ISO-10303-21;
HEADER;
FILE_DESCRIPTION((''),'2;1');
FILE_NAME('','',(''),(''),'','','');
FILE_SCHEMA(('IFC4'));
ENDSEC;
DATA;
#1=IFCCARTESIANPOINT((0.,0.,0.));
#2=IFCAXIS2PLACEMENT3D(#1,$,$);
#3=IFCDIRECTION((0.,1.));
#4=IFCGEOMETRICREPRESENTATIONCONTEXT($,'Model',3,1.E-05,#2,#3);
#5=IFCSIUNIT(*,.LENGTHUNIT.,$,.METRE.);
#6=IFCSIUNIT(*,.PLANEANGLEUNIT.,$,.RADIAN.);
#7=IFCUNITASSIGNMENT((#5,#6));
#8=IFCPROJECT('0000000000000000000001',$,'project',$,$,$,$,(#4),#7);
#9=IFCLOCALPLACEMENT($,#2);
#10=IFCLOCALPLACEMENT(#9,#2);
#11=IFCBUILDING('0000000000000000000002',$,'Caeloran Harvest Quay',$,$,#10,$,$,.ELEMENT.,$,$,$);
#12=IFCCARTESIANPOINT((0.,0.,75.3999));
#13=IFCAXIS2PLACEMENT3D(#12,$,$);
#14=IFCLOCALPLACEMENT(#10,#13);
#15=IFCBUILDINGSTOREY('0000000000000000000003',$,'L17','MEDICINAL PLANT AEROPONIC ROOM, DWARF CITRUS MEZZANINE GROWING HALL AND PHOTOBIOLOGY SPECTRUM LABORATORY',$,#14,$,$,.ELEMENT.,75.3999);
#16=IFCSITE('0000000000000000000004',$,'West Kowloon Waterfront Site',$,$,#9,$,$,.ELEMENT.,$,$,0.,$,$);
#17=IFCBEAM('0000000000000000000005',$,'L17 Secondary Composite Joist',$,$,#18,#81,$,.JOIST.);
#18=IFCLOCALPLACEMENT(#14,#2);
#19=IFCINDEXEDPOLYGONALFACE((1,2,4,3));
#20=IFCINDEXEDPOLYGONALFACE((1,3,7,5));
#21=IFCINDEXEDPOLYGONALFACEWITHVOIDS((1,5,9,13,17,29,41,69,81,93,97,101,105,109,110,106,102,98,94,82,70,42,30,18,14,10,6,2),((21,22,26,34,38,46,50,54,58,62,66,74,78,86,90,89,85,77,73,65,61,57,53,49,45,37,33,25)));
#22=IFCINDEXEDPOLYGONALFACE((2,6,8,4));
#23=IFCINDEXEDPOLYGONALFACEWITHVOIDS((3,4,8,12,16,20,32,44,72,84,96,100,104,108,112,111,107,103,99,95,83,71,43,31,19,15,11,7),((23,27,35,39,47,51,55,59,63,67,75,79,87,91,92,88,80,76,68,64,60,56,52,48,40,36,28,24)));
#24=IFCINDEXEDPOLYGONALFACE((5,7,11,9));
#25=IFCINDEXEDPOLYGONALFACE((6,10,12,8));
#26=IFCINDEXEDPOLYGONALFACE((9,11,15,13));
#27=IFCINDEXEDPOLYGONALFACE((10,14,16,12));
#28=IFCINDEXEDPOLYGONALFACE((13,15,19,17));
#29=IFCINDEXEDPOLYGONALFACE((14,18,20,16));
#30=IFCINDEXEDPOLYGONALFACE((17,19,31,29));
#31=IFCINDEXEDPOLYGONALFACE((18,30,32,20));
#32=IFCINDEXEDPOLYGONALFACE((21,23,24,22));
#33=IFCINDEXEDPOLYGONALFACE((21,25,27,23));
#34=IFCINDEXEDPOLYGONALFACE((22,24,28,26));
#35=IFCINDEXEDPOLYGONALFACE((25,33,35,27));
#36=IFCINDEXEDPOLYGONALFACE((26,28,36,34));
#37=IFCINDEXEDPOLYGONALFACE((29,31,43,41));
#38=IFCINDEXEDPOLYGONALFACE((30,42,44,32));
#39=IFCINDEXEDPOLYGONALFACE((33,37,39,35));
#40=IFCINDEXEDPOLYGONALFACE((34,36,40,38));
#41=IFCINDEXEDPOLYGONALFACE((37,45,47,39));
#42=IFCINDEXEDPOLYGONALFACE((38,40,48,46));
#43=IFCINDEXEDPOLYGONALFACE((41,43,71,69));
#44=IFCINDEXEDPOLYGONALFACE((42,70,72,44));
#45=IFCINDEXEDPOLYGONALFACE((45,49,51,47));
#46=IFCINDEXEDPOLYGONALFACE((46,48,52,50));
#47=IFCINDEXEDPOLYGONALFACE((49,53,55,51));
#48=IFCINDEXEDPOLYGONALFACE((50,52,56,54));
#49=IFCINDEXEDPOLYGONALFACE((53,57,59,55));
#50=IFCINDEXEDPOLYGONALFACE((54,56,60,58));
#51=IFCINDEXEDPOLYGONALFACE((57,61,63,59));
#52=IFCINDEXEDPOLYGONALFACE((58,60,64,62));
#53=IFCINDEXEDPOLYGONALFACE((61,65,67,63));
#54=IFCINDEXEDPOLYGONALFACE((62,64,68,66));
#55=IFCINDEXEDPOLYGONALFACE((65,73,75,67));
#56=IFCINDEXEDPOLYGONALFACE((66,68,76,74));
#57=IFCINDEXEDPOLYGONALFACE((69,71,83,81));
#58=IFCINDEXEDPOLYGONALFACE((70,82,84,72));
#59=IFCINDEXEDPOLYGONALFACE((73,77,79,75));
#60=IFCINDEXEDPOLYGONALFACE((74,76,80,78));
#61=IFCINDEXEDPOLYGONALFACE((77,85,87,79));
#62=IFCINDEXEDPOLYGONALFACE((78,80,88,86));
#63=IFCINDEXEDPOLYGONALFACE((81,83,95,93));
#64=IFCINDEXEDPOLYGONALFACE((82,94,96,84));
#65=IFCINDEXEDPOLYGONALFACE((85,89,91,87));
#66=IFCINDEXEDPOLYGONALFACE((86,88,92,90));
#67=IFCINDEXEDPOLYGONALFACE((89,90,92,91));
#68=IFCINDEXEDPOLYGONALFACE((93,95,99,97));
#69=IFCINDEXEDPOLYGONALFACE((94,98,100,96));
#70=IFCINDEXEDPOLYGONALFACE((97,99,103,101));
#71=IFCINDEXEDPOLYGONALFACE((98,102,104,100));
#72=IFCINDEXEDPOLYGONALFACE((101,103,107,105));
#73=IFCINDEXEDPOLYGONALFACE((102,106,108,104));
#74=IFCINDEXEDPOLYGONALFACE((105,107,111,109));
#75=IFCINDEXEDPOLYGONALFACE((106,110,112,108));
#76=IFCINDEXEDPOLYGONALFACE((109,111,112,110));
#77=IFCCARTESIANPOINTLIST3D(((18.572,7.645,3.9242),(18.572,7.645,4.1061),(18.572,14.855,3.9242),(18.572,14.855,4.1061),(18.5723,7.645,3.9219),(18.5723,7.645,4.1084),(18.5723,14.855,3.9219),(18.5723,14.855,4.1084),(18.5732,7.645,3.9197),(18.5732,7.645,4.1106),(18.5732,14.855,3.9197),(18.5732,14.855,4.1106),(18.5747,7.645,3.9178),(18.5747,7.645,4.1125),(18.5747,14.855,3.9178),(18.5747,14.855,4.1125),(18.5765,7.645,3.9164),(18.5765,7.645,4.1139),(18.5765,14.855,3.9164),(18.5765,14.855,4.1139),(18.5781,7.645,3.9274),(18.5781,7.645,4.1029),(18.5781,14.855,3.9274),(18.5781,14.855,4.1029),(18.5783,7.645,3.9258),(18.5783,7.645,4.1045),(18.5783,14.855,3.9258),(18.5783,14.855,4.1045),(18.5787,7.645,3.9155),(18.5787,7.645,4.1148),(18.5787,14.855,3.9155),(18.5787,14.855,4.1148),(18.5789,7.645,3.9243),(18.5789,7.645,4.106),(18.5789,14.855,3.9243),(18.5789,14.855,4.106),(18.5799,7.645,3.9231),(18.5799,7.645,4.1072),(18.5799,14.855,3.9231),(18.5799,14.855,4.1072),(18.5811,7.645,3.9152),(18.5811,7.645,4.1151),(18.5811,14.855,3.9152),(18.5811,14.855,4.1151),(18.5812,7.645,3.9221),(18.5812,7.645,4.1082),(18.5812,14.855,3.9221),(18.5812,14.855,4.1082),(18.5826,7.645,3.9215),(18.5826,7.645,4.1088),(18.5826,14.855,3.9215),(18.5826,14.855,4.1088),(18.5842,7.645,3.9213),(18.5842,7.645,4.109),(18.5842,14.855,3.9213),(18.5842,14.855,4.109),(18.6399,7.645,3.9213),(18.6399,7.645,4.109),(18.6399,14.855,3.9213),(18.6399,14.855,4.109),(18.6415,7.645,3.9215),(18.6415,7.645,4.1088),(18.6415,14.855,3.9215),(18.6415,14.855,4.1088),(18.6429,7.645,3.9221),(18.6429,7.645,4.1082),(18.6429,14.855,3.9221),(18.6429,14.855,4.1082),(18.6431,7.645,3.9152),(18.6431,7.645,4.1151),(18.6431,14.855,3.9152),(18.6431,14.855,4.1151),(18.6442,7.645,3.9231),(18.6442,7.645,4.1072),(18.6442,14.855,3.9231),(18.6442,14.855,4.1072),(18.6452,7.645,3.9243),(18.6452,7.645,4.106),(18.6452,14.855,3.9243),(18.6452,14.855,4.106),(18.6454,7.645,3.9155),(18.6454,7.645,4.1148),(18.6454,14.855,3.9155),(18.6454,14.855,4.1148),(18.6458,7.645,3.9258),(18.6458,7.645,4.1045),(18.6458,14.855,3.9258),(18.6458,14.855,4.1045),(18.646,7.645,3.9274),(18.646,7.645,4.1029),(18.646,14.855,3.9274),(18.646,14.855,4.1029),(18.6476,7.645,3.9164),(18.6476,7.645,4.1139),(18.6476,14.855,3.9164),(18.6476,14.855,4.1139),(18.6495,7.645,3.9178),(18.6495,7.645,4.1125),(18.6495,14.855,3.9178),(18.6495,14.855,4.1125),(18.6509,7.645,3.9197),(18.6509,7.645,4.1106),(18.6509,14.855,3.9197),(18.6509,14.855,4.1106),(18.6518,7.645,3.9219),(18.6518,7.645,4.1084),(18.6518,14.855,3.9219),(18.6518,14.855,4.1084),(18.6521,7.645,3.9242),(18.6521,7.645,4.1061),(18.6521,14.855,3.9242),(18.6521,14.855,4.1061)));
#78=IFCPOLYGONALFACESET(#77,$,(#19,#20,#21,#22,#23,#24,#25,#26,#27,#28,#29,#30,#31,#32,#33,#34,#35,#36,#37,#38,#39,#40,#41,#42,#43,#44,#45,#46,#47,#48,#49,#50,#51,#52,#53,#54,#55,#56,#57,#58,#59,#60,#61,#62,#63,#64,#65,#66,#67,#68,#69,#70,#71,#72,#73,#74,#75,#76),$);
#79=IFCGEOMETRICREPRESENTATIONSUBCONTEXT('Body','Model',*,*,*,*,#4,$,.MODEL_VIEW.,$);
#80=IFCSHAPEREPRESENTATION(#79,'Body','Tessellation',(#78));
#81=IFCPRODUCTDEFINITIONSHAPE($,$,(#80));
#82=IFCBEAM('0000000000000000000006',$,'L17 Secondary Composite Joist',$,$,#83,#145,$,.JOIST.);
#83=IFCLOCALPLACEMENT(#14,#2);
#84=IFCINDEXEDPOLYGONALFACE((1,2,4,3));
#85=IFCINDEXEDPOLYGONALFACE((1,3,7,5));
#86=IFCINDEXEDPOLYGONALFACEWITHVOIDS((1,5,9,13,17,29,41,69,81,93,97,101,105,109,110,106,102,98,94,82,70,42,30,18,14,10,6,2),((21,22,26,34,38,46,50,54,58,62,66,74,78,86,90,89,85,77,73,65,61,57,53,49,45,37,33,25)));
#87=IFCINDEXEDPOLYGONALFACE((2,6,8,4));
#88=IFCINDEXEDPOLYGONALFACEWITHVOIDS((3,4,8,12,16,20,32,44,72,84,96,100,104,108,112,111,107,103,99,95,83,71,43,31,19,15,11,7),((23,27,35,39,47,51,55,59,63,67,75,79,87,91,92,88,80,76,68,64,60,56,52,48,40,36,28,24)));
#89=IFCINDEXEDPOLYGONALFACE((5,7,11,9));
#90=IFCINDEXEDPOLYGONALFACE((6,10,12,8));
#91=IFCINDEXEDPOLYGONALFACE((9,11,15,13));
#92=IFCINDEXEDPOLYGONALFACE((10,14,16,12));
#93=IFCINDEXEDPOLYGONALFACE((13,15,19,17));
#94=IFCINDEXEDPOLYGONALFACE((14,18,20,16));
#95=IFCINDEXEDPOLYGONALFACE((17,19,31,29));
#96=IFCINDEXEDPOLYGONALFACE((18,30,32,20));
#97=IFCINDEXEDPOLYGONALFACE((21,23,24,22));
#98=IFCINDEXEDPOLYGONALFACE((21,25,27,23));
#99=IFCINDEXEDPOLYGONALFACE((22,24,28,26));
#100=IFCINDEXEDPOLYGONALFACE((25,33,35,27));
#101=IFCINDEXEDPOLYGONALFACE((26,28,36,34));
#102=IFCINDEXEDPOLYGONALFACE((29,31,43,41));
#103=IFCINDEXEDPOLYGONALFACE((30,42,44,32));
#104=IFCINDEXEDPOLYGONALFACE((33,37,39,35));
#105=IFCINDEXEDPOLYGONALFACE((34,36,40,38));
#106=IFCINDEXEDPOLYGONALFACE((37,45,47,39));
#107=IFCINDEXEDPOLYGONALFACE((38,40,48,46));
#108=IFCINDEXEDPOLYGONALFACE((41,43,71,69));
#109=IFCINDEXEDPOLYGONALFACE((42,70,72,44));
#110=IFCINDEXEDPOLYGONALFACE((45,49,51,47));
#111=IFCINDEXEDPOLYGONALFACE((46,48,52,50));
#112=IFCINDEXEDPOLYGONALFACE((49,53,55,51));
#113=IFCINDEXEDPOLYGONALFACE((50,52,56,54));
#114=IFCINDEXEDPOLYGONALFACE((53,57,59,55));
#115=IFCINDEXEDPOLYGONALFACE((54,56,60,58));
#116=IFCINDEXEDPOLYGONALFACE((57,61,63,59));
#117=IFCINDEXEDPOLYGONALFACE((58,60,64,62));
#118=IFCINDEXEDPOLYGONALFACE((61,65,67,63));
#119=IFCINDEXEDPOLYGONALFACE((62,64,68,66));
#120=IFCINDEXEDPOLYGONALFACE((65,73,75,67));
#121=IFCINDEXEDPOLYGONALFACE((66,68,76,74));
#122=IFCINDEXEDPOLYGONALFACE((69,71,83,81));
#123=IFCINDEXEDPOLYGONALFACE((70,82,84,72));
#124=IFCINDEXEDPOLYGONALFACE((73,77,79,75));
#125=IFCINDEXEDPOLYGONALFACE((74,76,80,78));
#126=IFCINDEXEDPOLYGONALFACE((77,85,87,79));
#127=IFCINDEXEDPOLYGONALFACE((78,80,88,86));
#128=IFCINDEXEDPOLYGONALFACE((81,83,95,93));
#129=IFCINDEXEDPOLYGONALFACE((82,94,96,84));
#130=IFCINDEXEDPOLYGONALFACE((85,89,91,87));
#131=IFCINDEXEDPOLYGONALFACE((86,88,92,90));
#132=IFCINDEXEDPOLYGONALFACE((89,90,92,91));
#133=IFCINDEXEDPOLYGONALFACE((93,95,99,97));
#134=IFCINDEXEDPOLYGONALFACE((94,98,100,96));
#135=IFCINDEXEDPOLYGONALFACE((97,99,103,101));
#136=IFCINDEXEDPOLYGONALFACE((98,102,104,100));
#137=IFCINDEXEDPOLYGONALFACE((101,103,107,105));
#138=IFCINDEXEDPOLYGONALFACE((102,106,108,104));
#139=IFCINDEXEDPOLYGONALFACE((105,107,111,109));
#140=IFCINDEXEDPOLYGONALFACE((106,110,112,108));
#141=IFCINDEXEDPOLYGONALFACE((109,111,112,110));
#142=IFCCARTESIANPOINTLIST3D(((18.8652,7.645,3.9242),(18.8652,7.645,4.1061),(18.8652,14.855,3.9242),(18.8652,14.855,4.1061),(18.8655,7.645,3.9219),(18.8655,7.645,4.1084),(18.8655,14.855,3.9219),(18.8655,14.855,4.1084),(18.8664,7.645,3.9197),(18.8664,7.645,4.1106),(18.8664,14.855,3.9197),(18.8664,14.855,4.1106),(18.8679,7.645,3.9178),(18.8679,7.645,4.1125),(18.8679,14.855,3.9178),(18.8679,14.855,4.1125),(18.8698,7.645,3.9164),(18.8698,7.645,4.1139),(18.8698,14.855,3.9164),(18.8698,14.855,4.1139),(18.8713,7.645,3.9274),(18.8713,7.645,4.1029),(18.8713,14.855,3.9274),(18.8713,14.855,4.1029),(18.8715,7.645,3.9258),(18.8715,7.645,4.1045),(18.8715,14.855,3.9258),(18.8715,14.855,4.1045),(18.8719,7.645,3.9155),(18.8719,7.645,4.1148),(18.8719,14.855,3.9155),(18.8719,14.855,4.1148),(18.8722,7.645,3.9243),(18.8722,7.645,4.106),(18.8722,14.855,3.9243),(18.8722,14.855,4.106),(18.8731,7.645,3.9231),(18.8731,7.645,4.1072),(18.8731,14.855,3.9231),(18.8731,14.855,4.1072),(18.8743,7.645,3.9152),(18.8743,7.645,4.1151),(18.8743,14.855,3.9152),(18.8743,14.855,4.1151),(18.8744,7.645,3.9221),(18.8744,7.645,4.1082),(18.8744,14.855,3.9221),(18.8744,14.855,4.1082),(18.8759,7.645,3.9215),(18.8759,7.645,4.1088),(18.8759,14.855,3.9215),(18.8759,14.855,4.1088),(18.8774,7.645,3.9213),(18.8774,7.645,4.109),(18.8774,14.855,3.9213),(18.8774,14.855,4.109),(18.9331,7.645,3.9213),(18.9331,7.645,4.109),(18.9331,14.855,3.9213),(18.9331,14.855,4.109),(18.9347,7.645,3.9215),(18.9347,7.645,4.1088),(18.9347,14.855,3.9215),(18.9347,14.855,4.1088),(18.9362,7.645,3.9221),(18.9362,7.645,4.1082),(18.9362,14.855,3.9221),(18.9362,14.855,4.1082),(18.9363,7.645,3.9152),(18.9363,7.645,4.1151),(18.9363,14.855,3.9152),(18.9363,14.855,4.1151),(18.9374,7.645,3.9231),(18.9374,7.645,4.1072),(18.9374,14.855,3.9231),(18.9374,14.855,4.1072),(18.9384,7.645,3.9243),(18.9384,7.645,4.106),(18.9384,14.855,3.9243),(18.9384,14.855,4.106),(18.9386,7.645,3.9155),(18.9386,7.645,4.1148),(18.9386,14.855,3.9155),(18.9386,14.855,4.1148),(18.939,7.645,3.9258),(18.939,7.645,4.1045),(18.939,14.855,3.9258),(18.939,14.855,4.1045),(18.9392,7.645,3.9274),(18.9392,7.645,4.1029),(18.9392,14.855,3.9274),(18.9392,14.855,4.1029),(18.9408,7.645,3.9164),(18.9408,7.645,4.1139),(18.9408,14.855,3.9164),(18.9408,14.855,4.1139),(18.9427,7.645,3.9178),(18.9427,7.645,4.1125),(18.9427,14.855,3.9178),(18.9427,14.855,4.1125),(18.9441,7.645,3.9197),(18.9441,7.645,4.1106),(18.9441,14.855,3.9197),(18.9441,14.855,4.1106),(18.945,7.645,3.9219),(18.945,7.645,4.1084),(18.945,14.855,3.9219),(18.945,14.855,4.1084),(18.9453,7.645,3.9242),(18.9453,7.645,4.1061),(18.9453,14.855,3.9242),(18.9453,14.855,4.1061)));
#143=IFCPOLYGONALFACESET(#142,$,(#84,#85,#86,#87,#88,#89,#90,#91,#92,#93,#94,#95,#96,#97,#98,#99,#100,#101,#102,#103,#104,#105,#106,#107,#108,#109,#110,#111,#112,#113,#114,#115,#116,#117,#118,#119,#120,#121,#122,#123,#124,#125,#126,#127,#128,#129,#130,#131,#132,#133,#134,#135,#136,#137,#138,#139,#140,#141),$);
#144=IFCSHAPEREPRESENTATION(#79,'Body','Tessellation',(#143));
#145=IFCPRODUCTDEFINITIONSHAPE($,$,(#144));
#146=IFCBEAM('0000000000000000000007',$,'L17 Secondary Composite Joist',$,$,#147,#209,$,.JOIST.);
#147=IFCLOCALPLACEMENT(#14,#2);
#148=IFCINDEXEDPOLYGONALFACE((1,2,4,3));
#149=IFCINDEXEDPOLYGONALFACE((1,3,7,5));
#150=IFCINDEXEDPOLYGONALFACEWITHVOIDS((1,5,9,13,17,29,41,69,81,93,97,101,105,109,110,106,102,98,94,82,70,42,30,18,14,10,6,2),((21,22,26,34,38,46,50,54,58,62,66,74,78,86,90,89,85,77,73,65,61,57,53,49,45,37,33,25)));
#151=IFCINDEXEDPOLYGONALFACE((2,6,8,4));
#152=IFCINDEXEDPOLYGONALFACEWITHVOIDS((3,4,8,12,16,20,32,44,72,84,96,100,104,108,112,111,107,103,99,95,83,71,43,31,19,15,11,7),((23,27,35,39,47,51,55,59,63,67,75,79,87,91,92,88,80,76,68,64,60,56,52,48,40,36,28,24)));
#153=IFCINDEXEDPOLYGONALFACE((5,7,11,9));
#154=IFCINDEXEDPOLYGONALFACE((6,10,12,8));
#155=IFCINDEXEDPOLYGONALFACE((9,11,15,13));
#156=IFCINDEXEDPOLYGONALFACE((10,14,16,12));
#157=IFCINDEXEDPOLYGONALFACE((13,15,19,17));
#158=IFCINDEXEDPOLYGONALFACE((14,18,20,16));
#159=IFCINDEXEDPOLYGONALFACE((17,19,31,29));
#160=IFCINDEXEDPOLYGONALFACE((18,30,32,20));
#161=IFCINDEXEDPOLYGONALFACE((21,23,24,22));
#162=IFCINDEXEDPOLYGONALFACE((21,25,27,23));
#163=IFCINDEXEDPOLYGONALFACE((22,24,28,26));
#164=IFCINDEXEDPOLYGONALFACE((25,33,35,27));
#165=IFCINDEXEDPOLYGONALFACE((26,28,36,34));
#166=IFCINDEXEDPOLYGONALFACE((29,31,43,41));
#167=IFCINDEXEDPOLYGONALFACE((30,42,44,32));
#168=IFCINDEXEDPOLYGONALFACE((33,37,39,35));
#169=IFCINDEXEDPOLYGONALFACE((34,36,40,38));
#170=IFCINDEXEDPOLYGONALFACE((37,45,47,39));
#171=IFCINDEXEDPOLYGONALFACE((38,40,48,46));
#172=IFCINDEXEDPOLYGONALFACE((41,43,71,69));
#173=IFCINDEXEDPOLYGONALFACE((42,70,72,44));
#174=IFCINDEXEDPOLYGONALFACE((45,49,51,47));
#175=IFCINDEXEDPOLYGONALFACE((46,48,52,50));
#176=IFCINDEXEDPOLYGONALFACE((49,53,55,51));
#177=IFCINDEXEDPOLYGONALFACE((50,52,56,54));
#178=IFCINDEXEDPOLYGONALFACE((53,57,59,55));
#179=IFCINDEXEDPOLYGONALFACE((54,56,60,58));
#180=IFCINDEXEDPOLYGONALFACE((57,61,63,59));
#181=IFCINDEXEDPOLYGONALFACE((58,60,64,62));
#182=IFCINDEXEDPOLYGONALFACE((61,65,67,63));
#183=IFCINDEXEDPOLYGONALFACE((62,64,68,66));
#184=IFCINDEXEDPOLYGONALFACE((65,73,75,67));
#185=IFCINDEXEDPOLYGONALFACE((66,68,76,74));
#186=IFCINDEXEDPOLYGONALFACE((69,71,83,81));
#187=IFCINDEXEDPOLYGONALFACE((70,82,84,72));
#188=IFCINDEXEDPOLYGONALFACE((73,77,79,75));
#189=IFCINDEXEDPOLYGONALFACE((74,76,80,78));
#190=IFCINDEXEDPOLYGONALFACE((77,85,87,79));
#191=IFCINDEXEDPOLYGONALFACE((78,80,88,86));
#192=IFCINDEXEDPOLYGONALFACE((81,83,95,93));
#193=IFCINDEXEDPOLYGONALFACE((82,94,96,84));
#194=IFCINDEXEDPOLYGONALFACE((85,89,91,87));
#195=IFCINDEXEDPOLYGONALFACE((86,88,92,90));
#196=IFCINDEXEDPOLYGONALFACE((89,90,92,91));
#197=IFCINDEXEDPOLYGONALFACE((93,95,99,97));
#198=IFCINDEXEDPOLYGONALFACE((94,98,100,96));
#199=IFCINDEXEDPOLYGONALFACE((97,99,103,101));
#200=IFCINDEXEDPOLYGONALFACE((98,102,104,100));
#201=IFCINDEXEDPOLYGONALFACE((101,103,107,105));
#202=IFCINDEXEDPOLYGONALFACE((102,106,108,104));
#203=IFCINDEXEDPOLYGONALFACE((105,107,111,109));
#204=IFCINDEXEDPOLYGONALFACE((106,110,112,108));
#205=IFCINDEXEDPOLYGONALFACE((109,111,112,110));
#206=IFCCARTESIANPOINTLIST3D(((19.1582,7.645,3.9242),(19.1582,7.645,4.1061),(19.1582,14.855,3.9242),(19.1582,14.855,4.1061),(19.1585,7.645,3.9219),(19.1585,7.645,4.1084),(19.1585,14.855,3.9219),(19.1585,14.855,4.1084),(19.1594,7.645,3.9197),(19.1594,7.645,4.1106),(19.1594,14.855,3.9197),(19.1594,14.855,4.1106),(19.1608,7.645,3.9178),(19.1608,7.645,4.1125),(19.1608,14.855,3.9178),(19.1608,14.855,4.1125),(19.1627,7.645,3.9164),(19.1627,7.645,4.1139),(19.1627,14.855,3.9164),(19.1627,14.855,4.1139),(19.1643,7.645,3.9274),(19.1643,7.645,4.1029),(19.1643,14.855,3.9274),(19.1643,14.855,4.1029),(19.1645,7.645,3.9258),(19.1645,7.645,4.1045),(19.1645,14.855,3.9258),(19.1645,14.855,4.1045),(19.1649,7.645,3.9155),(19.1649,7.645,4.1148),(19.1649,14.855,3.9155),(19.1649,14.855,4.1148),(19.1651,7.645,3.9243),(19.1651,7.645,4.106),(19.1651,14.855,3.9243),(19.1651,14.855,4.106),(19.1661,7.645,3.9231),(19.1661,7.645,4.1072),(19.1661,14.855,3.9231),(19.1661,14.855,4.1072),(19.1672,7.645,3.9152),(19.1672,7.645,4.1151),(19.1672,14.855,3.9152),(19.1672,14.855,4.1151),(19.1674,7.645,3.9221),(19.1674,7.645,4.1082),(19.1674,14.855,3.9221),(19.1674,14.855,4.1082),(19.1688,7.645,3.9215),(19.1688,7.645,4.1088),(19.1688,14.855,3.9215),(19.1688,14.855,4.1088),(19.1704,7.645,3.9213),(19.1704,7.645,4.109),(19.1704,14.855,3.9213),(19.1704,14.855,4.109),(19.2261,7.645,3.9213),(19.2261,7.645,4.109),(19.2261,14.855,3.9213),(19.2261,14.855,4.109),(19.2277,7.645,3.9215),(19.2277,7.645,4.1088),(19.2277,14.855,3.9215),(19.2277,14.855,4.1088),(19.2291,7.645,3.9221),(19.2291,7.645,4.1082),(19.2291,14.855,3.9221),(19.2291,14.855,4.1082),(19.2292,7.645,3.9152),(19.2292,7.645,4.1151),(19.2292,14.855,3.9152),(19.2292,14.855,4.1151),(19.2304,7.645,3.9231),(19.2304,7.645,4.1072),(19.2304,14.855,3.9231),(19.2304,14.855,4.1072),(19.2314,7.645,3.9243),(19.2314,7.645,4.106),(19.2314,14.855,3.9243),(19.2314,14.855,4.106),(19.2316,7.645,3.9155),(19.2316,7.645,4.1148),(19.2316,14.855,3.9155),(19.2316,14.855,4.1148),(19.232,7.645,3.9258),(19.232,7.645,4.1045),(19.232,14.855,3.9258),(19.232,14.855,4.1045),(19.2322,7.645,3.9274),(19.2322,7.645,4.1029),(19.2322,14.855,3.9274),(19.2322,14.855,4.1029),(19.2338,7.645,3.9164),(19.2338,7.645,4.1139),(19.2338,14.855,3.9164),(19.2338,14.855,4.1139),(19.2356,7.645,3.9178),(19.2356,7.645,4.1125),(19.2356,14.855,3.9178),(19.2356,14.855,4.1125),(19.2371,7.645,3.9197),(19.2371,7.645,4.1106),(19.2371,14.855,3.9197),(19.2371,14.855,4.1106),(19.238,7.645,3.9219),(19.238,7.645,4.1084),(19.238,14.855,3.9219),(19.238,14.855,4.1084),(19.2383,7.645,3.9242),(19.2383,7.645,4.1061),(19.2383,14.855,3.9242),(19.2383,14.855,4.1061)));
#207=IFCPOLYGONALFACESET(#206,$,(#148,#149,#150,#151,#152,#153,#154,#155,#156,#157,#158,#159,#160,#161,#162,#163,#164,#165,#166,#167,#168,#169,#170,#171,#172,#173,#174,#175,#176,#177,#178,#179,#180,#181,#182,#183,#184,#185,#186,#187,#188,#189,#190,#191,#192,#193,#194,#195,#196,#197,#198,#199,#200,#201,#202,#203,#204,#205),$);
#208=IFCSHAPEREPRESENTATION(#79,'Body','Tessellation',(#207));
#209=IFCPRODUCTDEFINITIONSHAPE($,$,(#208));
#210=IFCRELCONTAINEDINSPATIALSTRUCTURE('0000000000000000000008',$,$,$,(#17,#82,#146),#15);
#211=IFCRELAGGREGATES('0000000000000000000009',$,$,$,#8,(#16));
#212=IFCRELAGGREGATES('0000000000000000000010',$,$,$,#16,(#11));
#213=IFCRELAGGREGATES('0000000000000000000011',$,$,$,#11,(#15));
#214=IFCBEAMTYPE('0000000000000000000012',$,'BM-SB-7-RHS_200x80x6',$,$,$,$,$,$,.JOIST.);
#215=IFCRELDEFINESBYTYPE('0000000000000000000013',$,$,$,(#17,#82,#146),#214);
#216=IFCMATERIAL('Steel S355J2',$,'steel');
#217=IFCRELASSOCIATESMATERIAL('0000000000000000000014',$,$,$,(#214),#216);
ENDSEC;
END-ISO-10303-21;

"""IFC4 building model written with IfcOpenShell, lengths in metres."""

from ifc_helpers import new_model, si_unit, direction, frame, origin, origin_2d, place, context, subcontext, project, spatial, hollow_rectangle, extrude, material, material_profile, profile_set, type_object, element, save


model = new_model("IFC4")

# Units and contexts
model_context = context("Model", 3, precision=1e-05, world=origin(), true_north=direction((0.0, 1.0)))
body_context = subcontext(model_context, "Body", "Model", "MODEL_VIEW")
ifc_project = project(units=[si_unit("LENGTHUNIT", "METRE"), si_unit("PLANEANGLEUNIT", "RADIAN")], contexts=[model_context])

# Site, building, storey
site_placement = place(None, origin())
site = spatial("IfcSite", under=ifc_project, at=site_placement, Name="West Kowloon Waterfront Site", CompositionType="ELEMENT", RefElevation=0.0)
building_placement = place(site_placement, origin())
building = spatial("IfcBuilding", under=site, at=building_placement, Name="Caeloran Harvest Quay", CompositionType="ELEMENT")
storey_placement = place(building_placement, frame((0.0, 0.0, 75.3999)))
storey = spatial("IfcBuildingStorey", under=building, at=storey_placement, Name="L17", Description="MEDICINAL PLANT AEROPONIC ROOM, DWARF CITRUS MEZZANINE GROWING HALL AND PHOTOBIOLOGY SPECTRUM LABORATORY", CompositionType="ELEMENT", Elevation=75.3999)

# Beams
ifc_material_1 = material(Name="Steel S355J2", Category="steel")
ifc_material_profile_1 = material_profile(ifc_material_1, hollow_rectangle(XDim=0.0801, YDim=0.2, WallThickness=0.0061, InnerFilletRadius=0.0061, OuterFilletRadius=0.009, at=origin_2d()), Name="RHS 200x80x6")
ifc_profile_set_1 = profile_set([ifc_material_profile_1], Name="Steel S355J2")
beam_type_1 = type_object("IfcBeamType", Name="BM-SB-7-RHS_200x80x6", PredefinedType="JOIST", material=ifc_profile_set_1)
for number, where, z_axis, x_axis, name in (
    (1, (18.6121, 7.645, 4.0151), (0.0, 1.0, 0.0), (-1.0, 0.0, 0.0), "L17 Secondary Composite Joist"),
    (2, (18.9053, 7.645, 4.0151), (0.0, 1.0, 0.0), (-1.0, 0.0, 0.0), "L17 Secondary Composite Joist"),
    (3, (19.1982, 7.645, 4.0151), (0.0, 1.0, 0.0), (-1.0, 0.0, 0.0), "L17 Secondary Composite Joist"),
):
    element("IfcBeam", number, at=place(storey_placement, frame(where, z_axis=z_axis, x_axis=x_axis)), inside=storey, type_object=beam_type_1, Name=name, PredefinedType="JOIST", context=body_context, shape_type="SweptSolid", body=[
        extrude(hollow_rectangle(XDim=0.0801, YDim=0.2, WallThickness=0.0061, InnerFilletRadius=0.0061, OuterFilletRadius=0.009, at=origin_2d()), origin(), (0.0, 0.0, 1.0), 7.21),
    ])

save(model, "model.ifc")
